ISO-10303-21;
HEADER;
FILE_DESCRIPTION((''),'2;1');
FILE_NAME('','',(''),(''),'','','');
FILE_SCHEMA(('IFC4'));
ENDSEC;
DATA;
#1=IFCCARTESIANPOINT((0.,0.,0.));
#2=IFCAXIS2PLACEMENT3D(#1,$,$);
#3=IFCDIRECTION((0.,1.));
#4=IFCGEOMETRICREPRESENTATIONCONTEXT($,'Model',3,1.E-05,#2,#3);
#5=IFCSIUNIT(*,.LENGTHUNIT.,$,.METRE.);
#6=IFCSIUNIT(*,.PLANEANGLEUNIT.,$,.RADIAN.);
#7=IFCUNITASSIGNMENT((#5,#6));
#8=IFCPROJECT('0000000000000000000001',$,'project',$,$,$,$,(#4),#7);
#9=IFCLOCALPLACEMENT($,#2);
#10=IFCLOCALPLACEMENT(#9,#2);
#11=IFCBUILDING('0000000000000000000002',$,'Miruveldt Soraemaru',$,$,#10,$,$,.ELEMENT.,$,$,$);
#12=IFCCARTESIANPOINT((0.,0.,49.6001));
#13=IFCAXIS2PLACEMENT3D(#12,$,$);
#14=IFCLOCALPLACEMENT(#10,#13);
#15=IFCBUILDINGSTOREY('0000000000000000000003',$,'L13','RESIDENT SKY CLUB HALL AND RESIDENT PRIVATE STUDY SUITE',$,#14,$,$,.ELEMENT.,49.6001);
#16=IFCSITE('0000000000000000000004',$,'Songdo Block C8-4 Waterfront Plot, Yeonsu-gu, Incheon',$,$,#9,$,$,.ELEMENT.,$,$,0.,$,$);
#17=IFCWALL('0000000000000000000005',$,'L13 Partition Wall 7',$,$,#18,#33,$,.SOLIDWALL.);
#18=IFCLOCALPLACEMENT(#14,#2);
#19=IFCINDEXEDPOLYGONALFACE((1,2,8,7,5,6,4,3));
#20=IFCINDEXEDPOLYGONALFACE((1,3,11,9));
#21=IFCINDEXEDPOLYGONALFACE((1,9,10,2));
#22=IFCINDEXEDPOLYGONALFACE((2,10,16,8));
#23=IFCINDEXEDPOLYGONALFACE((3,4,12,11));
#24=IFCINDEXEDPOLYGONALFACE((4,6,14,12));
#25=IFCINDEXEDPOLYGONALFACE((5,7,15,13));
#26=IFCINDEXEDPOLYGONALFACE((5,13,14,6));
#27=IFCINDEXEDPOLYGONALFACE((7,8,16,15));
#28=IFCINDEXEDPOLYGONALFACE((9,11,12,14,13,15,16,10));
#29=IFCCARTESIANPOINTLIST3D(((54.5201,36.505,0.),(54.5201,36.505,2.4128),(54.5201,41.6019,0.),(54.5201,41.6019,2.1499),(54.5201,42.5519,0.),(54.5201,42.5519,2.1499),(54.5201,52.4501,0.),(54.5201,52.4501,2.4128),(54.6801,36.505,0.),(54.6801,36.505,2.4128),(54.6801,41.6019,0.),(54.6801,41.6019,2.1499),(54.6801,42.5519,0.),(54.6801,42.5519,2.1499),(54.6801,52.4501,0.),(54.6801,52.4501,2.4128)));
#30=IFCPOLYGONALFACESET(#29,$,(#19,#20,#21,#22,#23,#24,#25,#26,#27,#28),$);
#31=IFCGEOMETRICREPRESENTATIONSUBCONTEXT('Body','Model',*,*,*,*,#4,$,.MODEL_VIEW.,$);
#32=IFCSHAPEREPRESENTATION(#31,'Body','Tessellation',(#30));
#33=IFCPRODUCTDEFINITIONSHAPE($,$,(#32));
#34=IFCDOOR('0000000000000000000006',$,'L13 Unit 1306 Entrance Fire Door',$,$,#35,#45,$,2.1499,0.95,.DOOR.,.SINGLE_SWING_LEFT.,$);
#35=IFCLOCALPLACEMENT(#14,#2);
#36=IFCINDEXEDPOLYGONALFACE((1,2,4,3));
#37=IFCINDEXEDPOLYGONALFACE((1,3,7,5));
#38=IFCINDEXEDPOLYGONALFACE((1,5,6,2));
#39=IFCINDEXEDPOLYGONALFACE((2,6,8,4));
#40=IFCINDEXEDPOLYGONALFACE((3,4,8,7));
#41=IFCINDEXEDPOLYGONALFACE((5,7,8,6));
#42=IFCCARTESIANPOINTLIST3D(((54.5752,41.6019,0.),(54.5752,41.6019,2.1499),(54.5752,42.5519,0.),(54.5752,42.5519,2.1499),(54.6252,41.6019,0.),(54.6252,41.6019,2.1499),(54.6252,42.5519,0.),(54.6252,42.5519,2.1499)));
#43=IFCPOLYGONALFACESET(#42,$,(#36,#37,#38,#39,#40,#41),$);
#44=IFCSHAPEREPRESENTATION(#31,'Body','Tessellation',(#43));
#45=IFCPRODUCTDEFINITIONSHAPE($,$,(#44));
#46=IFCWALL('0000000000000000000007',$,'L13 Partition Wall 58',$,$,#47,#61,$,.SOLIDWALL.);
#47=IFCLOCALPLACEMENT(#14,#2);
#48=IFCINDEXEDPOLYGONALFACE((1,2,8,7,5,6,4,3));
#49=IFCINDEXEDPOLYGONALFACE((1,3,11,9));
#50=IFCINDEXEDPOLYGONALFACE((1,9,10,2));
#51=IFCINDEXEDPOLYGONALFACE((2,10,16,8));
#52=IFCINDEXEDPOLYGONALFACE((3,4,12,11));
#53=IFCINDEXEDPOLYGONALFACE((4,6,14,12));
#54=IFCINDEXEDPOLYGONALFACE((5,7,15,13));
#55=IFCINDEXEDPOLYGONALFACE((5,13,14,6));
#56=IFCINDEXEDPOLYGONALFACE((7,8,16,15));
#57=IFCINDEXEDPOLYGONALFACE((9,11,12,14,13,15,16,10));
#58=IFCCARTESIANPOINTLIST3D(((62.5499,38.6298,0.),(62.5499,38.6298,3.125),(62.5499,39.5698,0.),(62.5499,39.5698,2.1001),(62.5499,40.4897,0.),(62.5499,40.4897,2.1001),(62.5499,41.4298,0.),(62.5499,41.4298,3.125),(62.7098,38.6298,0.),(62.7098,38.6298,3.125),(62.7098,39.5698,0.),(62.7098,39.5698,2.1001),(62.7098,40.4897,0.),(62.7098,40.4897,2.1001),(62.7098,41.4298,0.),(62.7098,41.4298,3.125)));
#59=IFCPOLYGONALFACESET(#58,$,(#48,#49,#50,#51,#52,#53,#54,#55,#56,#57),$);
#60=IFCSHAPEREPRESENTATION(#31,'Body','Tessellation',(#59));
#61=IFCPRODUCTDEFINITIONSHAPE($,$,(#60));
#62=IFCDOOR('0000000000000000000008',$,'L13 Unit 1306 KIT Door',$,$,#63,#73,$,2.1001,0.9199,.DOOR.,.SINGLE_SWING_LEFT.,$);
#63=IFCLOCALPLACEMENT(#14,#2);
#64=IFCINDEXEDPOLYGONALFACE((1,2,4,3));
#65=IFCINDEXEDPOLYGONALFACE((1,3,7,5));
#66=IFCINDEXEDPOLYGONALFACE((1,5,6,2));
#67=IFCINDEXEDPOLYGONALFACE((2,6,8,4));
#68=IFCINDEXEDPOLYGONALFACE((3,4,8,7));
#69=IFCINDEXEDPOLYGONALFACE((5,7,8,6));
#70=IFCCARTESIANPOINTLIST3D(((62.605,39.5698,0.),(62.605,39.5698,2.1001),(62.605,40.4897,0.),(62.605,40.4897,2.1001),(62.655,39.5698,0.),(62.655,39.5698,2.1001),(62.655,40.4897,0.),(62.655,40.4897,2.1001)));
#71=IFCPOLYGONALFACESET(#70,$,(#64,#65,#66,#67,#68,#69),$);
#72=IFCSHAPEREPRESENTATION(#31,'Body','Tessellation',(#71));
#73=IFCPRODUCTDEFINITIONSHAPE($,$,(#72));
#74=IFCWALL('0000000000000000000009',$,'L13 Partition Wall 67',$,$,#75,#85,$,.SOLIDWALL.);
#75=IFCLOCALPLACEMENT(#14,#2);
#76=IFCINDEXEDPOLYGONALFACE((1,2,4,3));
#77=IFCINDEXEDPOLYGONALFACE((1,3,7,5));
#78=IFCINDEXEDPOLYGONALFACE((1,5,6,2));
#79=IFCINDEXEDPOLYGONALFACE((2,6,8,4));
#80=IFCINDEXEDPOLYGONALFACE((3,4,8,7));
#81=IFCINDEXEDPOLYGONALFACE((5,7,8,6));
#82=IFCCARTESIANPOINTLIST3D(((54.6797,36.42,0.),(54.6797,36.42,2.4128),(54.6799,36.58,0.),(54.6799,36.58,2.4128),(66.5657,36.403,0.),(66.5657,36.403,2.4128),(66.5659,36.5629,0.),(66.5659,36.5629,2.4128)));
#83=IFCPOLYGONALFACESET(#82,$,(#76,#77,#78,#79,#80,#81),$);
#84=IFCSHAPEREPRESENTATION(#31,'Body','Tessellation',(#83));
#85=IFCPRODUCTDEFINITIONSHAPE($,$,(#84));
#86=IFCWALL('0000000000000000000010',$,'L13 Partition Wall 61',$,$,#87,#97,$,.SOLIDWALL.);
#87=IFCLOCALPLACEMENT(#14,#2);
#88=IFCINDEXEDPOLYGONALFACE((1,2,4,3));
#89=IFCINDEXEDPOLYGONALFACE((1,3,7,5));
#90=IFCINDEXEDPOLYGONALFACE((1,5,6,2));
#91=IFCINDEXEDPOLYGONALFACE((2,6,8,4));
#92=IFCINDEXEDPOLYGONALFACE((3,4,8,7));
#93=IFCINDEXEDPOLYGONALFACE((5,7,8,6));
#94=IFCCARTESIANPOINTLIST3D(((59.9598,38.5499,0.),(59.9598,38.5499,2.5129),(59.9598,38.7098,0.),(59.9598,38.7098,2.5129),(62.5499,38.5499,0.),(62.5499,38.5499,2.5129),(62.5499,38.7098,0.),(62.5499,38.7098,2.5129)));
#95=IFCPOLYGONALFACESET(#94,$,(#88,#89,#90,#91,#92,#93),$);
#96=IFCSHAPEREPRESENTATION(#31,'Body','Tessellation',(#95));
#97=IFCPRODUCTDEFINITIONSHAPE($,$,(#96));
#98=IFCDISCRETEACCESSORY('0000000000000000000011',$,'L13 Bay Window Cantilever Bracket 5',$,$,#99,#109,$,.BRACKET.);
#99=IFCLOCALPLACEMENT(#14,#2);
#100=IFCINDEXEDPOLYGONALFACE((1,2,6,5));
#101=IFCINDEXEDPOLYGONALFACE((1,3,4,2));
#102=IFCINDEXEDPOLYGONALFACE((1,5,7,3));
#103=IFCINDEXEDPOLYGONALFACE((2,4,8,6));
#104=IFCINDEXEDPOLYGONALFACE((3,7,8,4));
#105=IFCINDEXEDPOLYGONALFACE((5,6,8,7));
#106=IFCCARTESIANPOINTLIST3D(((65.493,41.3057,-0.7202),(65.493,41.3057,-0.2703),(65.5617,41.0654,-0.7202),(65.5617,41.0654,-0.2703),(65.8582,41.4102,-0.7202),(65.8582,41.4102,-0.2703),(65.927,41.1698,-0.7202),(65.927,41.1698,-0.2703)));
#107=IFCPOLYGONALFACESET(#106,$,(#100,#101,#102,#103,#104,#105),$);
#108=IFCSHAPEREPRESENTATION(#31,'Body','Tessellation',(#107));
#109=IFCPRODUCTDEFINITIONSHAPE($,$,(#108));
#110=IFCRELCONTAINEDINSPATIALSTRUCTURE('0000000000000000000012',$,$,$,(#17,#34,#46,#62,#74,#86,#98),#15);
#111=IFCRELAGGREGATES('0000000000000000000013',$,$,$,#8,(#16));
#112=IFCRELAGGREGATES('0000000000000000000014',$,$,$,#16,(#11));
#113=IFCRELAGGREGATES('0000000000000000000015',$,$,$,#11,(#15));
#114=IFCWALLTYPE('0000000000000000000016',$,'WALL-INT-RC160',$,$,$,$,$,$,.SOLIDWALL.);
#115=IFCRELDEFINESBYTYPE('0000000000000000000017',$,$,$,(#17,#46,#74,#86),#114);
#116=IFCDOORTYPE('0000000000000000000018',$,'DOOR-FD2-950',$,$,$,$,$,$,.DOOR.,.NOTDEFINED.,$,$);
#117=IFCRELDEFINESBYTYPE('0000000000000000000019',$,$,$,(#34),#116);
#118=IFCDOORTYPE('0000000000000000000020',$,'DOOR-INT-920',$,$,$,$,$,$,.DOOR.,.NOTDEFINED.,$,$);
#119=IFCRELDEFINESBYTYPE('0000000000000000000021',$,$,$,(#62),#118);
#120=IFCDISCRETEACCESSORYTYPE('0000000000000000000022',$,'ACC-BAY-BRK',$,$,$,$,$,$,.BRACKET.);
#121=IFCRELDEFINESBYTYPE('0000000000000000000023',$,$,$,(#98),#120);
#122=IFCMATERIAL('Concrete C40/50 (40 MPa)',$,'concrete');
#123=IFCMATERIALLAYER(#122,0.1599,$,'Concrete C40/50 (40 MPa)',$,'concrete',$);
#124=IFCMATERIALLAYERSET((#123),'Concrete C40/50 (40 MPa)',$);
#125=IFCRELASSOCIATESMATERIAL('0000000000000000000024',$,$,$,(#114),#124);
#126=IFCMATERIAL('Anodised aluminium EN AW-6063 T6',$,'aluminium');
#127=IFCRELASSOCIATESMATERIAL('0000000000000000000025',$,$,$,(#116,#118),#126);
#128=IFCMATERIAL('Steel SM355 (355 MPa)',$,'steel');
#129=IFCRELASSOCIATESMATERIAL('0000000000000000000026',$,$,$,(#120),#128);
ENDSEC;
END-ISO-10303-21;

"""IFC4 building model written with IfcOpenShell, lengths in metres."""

from ifc_helpers import new_model, si_unit, direction, frame, frame_2d, origin, origin_2d, place, context, subcontext, project, spatial, rectangle, extrude, material, layer, layer_set, type_object, element, fill, save


model = new_model("IFC4")

# Units and contexts
model_context = context("Model", 3, precision=1e-05, world=origin(), true_north=direction((0.0, 1.0)))
body_context = subcontext(model_context, "Body", "Model", "MODEL_VIEW")
ifc_project = project(units=[si_unit("LENGTHUNIT", "METRE"), si_unit("PLANEANGLEUNIT", "RADIAN")], contexts=[model_context])

# Site, building, storey
site_placement = place(None, origin())
site = spatial("IfcSite", under=ifc_project, at=site_placement, Name="Songdo Block C8-4 Waterfront Plot, Yeonsu-gu, Incheon", CompositionType="ELEMENT", RefElevation=0.0)
building_placement = place(site_placement, origin())
building = spatial("IfcBuilding", under=site, at=building_placement, Name="Miruveldt Soraemaru", CompositionType="ELEMENT")
storey_placement = place(building_placement, frame((0.0, 0.0, 49.6001)))
storey = spatial("IfcBuildingStorey", under=building, at=storey_placement, Name="L13", Description="RESIDENT SKY CLUB HALL AND RESIDENT PRIVATE STUDY SUITE", CompositionType="ELEMENT", Elevation=49.6001)

# Shared definitions
ifc_material_1 = material(Name="Steel SM355 (355 MPa)", Category="steel")

# Shared definitions
ifc_material_2 = material(Name="Anodised aluminium EN AW-6063 T6", Category="aluminium")

# Walls, openings, doors
ifc_material_3 = material(Name="Concrete C40/50 (40 MPa)", Category="concrete")
ifc_layer_1 = layer(ifc_material_3, 0.1599, Name="Concrete C40/50 (40 MPa)", Category="concrete")
ifc_layer_set_1 = layer_set([ifc_layer_1], Name="Concrete C40/50 (40 MPa)")
wall_type_1 = type_object("IfcWallType", Name="WALL-INT-RC160", PredefinedType="SOLIDWALL", material=ifc_layer_set_1)
wall_1_placement = place(storey_placement, frame((54.6001, 36.5049, 0.0), z_axis=(0.0, 0.0, 1.0), x_axis=(0.0, 1.0, 0.0)))
wall_1 = element("IfcWall", 1, at=wall_1_placement, inside=storey, type_object=wall_type_1, Name="L13 Partition Wall 7", PredefinedType="SOLIDWALL", context=body_context, shape_type="SweptSolid", body=[
    extrude(rectangle(XDim=15.9451, YDim=0.1599, at=frame_2d((7.9727, 0.0))), origin(), (0.0, 0.0, 1.0), 2.4128),
])
opening_1_placement = place(wall_1_placement, frame((5.0969, 0.0, 0.0)))
opening_1 = element("IfcOpeningElement", 2, at=opening_1_placement, cuts=wall_1, PredefinedType="OPENING", context=body_context, shape_type="SweptSolid", body=[
    extrude(rectangle(XDim=0.95, YDim=2.1499, at=frame_2d((0.4751, 1.075))), frame((0.0, 0.0898, 0.0), z_axis=(0.0, -1.0, 0.0), x_axis=(1.0, 0.0, 0.0)), (0.0, 0.0, 1.0), 0.1799),
])
door_type_1 = type_object("IfcDoorType", Name="DOOR-FD2-950", OperationType="NOTDEFINED", PredefinedType="DOOR", material=ifc_material_2)
door_1_placement = place(opening_1_placement, origin())
door_1 = element("IfcDoor", 3, at=door_1_placement, inside=storey, type_object=door_type_1, Name="L13 Unit 1306 Entrance Fire Door", OperationType="SINGLE_SWING_LEFT", OverallHeight=2.1499, OverallWidth=0.95, PredefinedType="DOOR", context=body_context, shape_type="SweptSolid", body=[
    extrude(rectangle(XDim=0.95, YDim=2.1499, at=frame_2d((0.4751, 1.075))), frame((0.0, 0.0249, 0.0), z_axis=(0.0, -1.0, 0.0), x_axis=(1.0, 0.0, 0.0)), (0.0, 0.0, 1.0), 0.05),
])
fill(opening_1, door_1)
wall_2_placement = place(storey_placement, frame((62.6299, 38.6299, 0.0), z_axis=(0.0, 0.0, 1.0), x_axis=(0.0, 1.0, 0.0)))
wall_2 = element("IfcWall", 4, at=wall_2_placement, inside=storey, type_object=wall_type_1, Name="L13 Partition Wall 58", PredefinedType="SOLIDWALL", context=body_context, shape_type="SweptSolid", body=[
    extrude(rectangle(XDim=2.8, YDim=0.1599, at=frame_2d((1.3999, 0.0))), origin(), (0.0, 0.0, 1.0), 3.125),
])
opening_2_placement = place(wall_2_placement, frame((0.9399, 0.0, 0.0)))
opening_2 = element("IfcOpeningElement", 5, at=opening_2_placement, cuts=wall_2, PredefinedType="OPENING", context=body_context, shape_type="SweptSolid", body=[
    extrude(rectangle(XDim=0.9199, YDim=2.1001, at=frame_2d((0.46, 1.05))), frame((0.0, 0.0898, 0.0), z_axis=(0.0, -1.0, 0.0), x_axis=(1.0, 0.0, 0.0)), (0.0, 0.0, 1.0), 0.1799),
])
door_type_2 = type_object("IfcDoorType", Name="DOOR-INT-920", OperationType="NOTDEFINED", PredefinedType="DOOR", material=ifc_material_2)
door_2_placement = place(opening_2_placement, origin())
door_2 = element("IfcDoor", 6, at=door_2_placement, inside=storey, type_object=door_type_2, Name="L13 Unit 1306 KIT Door", OperationType="SINGLE_SWING_LEFT", OverallHeight=2.1001, OverallWidth=0.9199, PredefinedType="DOOR", context=body_context, shape_type="SweptSolid", body=[
    extrude(rectangle(XDim=0.9199, YDim=2.1001, at=frame_2d((0.46, 1.05))), frame((0.0, 0.0249, 0.0), z_axis=(0.0, -1.0, 0.0), x_axis=(1.0, 0.0, 0.0)), (0.0, 0.0, 1.0), 0.05),
])
fill(opening_2, door_2)

# Walls
wall_3_placement = place(storey_placement, frame((54.6799, 36.5, 0.0), z_axis=(0.0, 0.0, 1.0), x_axis=(0.999999, -0.001438, 0.0)))
element("IfcWall", 7, at=wall_3_placement, inside=storey, type_object=wall_type_1, Name="L13 Partition Wall 67", PredefinedType="SOLIDWALL", context=body_context, shape_type="SweptSolid", body=[
    extrude(rectangle(XDim=11.886, YDim=0.1599, at=frame_2d((5.9429, 0.0))), origin(), (0.0, 0.0, 1.0), 2.4128),
])
wall_4_placement = place(storey_placement, frame((59.96, 38.6299, 0.0), z_axis=(0.0, 0.0, 1.0), x_axis=(1.0, 0.0, 0.0)))
element("IfcWall", 8, at=wall_4_placement, inside=storey, type_object=wall_type_1, Name="L13 Partition Wall 61", PredefinedType="SOLIDWALL", context=body_context, shape_type="SweptSolid", body=[
    extrude(rectangle(XDim=2.5901, YDim=0.1599, at=frame_2d((1.2949, 0.0))), origin(), (0.0, 0.0, 1.0), 2.5129),
])

# Discrete accessory
discrete_accessory_type = type_object("IfcDiscreteAccessoryType", Name="ACC-BAY-BRK", PredefinedType="BRACKET", material=ifc_material_1)
discrete_accessory_placement = place(storey_placement, frame((65.71, 41.2378, -0.7202), z_axis=(0.0, 0.0, 1.0), x_axis=(0.961454, 0.274966, 0.0)))
element("IfcDiscreteAccessory", 9, at=discrete_accessory_placement, inside=storey, type_object=discrete_accessory_type, Name="L13 Bay Window Cantilever Bracket 5", PredefinedType="BRACKET", context=body_context, shape_type="SweptSolid", body=[
    extrude(rectangle(XDim=0.3799, YDim=0.25, at=origin_2d()), origin(), (0.0, 0.0, 1.0), 0.45),
])

save(model, "model.ifc")
